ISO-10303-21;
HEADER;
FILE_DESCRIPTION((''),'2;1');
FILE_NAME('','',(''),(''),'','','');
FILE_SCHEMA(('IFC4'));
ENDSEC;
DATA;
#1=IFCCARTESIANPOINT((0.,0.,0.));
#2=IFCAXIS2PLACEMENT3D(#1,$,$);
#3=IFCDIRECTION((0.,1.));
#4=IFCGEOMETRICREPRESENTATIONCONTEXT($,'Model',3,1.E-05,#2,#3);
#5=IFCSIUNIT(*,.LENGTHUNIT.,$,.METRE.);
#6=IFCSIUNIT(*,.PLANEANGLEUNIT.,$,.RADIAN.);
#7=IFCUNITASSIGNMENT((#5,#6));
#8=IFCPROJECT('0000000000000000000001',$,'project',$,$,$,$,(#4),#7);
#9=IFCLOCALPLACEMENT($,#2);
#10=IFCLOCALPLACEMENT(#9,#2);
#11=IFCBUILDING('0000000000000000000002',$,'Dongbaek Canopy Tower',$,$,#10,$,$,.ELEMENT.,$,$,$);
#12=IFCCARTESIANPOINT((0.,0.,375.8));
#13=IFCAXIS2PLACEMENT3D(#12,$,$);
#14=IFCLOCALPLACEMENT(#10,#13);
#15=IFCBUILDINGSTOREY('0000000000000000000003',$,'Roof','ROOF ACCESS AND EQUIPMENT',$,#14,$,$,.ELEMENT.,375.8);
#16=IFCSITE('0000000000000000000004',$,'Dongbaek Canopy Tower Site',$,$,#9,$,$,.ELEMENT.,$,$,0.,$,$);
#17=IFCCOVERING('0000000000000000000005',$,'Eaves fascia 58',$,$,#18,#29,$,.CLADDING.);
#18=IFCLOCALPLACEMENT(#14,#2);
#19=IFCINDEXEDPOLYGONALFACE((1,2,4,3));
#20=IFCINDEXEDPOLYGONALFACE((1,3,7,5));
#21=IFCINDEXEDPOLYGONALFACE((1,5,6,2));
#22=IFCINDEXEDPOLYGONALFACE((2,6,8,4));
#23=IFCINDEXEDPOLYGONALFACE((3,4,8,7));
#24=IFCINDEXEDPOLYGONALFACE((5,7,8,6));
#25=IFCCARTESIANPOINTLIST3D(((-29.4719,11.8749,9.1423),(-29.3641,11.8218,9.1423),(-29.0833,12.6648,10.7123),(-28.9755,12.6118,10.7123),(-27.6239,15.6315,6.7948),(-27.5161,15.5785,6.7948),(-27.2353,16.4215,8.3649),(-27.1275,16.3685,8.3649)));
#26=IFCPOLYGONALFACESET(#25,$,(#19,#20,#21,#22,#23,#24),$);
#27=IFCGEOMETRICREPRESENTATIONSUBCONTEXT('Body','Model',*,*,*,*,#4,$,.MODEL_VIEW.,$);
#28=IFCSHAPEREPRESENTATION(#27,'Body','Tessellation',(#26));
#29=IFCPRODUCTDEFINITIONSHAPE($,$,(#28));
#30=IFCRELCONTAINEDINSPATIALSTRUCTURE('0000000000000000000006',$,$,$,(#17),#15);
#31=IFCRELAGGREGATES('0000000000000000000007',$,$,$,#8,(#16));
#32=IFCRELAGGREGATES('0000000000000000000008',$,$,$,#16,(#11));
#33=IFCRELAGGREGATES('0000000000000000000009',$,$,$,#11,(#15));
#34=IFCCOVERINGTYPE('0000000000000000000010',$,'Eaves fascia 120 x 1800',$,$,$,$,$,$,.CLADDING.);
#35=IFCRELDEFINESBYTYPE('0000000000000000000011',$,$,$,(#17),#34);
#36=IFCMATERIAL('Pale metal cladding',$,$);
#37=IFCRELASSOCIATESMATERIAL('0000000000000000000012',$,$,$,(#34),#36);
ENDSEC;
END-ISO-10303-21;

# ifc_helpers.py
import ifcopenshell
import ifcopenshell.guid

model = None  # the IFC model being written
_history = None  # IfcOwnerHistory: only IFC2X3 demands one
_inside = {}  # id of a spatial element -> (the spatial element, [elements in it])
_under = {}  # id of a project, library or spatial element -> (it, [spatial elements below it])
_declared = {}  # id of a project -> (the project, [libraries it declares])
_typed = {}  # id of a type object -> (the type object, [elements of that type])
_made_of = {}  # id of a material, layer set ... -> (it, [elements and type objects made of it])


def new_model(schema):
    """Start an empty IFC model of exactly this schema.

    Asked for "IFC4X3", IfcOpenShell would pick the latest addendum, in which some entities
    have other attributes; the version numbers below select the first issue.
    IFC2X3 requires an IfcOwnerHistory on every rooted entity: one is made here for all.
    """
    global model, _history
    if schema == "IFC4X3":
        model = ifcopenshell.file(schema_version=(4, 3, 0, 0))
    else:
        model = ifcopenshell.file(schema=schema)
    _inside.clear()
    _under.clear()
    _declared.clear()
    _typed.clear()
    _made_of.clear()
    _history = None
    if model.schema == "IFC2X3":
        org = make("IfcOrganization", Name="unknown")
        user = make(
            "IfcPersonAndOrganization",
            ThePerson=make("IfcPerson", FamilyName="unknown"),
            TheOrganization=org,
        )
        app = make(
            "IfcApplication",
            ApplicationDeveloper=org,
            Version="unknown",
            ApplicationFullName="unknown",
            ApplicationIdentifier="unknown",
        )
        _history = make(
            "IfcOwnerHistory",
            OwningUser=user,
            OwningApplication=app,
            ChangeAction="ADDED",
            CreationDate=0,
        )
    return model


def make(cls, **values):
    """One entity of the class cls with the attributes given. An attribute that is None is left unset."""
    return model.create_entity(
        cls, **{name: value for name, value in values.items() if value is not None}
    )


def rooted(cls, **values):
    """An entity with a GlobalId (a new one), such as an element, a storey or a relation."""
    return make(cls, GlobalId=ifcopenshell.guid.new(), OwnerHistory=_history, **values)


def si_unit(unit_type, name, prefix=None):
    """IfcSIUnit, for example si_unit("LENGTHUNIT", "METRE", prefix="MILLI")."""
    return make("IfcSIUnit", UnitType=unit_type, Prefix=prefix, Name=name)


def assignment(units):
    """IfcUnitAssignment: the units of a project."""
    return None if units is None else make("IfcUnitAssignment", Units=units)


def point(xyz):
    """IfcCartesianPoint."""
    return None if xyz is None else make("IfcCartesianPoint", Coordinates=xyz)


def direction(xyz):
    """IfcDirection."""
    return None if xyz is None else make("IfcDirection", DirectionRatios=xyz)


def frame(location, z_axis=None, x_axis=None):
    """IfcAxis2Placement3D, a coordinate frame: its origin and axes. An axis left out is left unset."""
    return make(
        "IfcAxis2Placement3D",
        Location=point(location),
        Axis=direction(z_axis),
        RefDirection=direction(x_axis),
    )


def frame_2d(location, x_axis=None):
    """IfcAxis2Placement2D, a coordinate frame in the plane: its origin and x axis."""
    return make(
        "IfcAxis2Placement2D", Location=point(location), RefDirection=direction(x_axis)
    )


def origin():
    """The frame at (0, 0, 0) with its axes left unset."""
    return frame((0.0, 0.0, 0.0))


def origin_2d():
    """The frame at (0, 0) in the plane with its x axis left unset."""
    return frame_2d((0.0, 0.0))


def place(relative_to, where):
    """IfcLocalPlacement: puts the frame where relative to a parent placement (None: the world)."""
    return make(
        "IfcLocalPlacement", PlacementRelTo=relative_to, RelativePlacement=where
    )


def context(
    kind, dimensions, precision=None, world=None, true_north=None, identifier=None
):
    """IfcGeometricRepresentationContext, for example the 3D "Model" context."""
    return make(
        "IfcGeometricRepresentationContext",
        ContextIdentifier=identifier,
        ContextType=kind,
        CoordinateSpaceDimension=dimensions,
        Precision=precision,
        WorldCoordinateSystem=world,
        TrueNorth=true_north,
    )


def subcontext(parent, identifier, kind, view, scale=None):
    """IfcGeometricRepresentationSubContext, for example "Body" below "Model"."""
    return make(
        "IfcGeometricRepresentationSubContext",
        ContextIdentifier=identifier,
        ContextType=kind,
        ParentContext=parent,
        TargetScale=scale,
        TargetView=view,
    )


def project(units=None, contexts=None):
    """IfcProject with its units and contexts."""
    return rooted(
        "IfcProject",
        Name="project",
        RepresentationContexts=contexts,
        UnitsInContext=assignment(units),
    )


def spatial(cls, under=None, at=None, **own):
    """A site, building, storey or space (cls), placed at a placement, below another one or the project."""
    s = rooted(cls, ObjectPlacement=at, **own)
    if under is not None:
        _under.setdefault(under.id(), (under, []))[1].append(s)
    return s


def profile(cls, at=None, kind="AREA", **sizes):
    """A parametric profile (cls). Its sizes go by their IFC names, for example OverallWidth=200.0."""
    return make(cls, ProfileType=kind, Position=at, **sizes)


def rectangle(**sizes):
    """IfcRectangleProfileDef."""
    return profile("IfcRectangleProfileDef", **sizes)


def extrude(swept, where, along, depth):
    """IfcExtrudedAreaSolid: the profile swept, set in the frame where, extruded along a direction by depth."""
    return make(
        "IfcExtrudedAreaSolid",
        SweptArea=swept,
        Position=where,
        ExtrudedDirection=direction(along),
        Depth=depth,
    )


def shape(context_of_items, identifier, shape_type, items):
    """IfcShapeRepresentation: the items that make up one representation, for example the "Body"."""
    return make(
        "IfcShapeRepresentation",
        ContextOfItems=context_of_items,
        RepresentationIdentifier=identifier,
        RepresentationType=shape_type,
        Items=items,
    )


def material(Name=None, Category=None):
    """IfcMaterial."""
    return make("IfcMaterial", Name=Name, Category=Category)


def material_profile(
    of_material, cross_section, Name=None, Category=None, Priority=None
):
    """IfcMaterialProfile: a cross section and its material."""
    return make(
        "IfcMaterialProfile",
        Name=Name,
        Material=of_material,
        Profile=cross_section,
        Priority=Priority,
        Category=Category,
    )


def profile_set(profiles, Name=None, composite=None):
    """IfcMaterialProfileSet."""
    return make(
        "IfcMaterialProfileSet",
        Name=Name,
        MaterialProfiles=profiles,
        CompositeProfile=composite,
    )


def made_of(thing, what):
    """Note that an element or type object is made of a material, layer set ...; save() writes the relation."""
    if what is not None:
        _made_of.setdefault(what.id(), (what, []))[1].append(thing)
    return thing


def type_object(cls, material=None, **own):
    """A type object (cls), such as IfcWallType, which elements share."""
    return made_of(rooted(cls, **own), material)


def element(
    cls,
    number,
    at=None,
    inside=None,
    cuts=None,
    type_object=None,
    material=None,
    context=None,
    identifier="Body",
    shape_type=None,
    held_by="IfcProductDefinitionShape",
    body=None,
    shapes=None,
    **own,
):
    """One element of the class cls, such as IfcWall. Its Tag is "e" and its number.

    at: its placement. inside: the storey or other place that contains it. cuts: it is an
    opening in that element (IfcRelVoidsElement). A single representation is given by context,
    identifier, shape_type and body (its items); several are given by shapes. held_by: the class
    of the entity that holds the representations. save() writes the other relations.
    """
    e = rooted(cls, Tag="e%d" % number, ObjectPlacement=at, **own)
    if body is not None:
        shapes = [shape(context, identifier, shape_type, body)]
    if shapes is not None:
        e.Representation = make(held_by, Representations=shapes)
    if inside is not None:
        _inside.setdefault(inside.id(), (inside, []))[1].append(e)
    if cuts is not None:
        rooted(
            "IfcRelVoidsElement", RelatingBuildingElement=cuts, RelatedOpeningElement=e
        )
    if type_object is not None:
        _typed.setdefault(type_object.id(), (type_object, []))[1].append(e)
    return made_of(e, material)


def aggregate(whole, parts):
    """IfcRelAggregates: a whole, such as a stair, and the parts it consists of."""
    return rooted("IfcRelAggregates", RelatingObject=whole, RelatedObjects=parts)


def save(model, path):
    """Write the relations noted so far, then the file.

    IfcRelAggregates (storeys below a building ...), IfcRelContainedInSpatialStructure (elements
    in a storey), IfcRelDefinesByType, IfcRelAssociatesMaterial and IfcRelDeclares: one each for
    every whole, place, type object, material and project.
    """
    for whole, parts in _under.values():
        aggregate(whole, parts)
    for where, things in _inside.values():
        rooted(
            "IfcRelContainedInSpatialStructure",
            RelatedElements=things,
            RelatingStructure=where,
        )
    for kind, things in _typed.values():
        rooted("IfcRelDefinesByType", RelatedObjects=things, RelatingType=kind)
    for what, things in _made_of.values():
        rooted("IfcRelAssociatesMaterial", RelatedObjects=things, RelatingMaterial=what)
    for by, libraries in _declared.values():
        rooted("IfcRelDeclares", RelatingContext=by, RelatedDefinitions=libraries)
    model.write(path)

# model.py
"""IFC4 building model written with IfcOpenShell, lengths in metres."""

from ifc_helpers import new_model, si_unit, direction, frame, origin, origin_2d, place, context, subcontext, project, spatial, rectangle, extrude, material, material_profile, profile_set, type_object, element, save


model = new_model("IFC4")

# Units and contexts
model_context = context("Model", 3, precision=1e-05, world=origin(), true_north=direction((0.0, 1.0)))
body_context = subcontext(model_context, "Body", "Model", "MODEL_VIEW")
ifc_project = project(units=[si_unit("LENGTHUNIT", "METRE"), si_unit("PLANEANGLEUNIT", "RADIAN")], contexts=[model_context])

# Site, building, storey
site_placement = place(None, origin())
site = spatial("IfcSite", under=ifc_project, at=site_placement, Name="Dongbaek Canopy Tower Site", CompositionType="ELEMENT", RefElevation=0.0)
building_placement = place(site_placement, origin())
building = spatial("IfcBuilding", under=site, at=building_placement, Name="Dongbaek Canopy Tower", CompositionType="ELEMENT")
storey_placement = place(building_placement, frame((0.0, 0.0, 375.8)))
storey = spatial("IfcBuildingStorey", under=building, at=storey_placement, Name="Roof", Description="ROOF ACCESS AND EQUIPMENT", CompositionType="ELEMENT", Elevation=375.8)

# Covering
ifc_material_1 = material(Name="Pale metal cladding")
ifc_material_profile_1 = material_profile(ifc_material_1, rectangle(XDim=0.1201, YDim=1.8, at=origin_2d()), Name="Eaves fascia 120 x 1800")
ifc_profile_set_1 = profile_set([ifc_material_profile_1], Name="Pale metal cladding")
covering_type = type_object("IfcCoveringType", Name="Eaves fascia 120 x 1800", PredefinedType="CLADDING", material=ifc_profile_set_1)
covering_placement = place(storey_placement, frame((-27.3757, 16.0, 7.5798), z_axis=(-0.385004, -0.782673, 0.489075), x_axis=(0.897312, -0.441396, 0.0)))
element("IfcCovering", 1, at=covering_placement, inside=storey, type_object=covering_type, Name="Eaves fascia 58", PredefinedType="CLADDING", context=body_context, shape_type="SweptSolid", body=[
    extrude(rectangle(XDim=0.1201, YDim=1.8, at=origin_2d()), origin(), (0.0, 0.0, 1.0), 4.7998),
])

save(model, "model.ifc")
